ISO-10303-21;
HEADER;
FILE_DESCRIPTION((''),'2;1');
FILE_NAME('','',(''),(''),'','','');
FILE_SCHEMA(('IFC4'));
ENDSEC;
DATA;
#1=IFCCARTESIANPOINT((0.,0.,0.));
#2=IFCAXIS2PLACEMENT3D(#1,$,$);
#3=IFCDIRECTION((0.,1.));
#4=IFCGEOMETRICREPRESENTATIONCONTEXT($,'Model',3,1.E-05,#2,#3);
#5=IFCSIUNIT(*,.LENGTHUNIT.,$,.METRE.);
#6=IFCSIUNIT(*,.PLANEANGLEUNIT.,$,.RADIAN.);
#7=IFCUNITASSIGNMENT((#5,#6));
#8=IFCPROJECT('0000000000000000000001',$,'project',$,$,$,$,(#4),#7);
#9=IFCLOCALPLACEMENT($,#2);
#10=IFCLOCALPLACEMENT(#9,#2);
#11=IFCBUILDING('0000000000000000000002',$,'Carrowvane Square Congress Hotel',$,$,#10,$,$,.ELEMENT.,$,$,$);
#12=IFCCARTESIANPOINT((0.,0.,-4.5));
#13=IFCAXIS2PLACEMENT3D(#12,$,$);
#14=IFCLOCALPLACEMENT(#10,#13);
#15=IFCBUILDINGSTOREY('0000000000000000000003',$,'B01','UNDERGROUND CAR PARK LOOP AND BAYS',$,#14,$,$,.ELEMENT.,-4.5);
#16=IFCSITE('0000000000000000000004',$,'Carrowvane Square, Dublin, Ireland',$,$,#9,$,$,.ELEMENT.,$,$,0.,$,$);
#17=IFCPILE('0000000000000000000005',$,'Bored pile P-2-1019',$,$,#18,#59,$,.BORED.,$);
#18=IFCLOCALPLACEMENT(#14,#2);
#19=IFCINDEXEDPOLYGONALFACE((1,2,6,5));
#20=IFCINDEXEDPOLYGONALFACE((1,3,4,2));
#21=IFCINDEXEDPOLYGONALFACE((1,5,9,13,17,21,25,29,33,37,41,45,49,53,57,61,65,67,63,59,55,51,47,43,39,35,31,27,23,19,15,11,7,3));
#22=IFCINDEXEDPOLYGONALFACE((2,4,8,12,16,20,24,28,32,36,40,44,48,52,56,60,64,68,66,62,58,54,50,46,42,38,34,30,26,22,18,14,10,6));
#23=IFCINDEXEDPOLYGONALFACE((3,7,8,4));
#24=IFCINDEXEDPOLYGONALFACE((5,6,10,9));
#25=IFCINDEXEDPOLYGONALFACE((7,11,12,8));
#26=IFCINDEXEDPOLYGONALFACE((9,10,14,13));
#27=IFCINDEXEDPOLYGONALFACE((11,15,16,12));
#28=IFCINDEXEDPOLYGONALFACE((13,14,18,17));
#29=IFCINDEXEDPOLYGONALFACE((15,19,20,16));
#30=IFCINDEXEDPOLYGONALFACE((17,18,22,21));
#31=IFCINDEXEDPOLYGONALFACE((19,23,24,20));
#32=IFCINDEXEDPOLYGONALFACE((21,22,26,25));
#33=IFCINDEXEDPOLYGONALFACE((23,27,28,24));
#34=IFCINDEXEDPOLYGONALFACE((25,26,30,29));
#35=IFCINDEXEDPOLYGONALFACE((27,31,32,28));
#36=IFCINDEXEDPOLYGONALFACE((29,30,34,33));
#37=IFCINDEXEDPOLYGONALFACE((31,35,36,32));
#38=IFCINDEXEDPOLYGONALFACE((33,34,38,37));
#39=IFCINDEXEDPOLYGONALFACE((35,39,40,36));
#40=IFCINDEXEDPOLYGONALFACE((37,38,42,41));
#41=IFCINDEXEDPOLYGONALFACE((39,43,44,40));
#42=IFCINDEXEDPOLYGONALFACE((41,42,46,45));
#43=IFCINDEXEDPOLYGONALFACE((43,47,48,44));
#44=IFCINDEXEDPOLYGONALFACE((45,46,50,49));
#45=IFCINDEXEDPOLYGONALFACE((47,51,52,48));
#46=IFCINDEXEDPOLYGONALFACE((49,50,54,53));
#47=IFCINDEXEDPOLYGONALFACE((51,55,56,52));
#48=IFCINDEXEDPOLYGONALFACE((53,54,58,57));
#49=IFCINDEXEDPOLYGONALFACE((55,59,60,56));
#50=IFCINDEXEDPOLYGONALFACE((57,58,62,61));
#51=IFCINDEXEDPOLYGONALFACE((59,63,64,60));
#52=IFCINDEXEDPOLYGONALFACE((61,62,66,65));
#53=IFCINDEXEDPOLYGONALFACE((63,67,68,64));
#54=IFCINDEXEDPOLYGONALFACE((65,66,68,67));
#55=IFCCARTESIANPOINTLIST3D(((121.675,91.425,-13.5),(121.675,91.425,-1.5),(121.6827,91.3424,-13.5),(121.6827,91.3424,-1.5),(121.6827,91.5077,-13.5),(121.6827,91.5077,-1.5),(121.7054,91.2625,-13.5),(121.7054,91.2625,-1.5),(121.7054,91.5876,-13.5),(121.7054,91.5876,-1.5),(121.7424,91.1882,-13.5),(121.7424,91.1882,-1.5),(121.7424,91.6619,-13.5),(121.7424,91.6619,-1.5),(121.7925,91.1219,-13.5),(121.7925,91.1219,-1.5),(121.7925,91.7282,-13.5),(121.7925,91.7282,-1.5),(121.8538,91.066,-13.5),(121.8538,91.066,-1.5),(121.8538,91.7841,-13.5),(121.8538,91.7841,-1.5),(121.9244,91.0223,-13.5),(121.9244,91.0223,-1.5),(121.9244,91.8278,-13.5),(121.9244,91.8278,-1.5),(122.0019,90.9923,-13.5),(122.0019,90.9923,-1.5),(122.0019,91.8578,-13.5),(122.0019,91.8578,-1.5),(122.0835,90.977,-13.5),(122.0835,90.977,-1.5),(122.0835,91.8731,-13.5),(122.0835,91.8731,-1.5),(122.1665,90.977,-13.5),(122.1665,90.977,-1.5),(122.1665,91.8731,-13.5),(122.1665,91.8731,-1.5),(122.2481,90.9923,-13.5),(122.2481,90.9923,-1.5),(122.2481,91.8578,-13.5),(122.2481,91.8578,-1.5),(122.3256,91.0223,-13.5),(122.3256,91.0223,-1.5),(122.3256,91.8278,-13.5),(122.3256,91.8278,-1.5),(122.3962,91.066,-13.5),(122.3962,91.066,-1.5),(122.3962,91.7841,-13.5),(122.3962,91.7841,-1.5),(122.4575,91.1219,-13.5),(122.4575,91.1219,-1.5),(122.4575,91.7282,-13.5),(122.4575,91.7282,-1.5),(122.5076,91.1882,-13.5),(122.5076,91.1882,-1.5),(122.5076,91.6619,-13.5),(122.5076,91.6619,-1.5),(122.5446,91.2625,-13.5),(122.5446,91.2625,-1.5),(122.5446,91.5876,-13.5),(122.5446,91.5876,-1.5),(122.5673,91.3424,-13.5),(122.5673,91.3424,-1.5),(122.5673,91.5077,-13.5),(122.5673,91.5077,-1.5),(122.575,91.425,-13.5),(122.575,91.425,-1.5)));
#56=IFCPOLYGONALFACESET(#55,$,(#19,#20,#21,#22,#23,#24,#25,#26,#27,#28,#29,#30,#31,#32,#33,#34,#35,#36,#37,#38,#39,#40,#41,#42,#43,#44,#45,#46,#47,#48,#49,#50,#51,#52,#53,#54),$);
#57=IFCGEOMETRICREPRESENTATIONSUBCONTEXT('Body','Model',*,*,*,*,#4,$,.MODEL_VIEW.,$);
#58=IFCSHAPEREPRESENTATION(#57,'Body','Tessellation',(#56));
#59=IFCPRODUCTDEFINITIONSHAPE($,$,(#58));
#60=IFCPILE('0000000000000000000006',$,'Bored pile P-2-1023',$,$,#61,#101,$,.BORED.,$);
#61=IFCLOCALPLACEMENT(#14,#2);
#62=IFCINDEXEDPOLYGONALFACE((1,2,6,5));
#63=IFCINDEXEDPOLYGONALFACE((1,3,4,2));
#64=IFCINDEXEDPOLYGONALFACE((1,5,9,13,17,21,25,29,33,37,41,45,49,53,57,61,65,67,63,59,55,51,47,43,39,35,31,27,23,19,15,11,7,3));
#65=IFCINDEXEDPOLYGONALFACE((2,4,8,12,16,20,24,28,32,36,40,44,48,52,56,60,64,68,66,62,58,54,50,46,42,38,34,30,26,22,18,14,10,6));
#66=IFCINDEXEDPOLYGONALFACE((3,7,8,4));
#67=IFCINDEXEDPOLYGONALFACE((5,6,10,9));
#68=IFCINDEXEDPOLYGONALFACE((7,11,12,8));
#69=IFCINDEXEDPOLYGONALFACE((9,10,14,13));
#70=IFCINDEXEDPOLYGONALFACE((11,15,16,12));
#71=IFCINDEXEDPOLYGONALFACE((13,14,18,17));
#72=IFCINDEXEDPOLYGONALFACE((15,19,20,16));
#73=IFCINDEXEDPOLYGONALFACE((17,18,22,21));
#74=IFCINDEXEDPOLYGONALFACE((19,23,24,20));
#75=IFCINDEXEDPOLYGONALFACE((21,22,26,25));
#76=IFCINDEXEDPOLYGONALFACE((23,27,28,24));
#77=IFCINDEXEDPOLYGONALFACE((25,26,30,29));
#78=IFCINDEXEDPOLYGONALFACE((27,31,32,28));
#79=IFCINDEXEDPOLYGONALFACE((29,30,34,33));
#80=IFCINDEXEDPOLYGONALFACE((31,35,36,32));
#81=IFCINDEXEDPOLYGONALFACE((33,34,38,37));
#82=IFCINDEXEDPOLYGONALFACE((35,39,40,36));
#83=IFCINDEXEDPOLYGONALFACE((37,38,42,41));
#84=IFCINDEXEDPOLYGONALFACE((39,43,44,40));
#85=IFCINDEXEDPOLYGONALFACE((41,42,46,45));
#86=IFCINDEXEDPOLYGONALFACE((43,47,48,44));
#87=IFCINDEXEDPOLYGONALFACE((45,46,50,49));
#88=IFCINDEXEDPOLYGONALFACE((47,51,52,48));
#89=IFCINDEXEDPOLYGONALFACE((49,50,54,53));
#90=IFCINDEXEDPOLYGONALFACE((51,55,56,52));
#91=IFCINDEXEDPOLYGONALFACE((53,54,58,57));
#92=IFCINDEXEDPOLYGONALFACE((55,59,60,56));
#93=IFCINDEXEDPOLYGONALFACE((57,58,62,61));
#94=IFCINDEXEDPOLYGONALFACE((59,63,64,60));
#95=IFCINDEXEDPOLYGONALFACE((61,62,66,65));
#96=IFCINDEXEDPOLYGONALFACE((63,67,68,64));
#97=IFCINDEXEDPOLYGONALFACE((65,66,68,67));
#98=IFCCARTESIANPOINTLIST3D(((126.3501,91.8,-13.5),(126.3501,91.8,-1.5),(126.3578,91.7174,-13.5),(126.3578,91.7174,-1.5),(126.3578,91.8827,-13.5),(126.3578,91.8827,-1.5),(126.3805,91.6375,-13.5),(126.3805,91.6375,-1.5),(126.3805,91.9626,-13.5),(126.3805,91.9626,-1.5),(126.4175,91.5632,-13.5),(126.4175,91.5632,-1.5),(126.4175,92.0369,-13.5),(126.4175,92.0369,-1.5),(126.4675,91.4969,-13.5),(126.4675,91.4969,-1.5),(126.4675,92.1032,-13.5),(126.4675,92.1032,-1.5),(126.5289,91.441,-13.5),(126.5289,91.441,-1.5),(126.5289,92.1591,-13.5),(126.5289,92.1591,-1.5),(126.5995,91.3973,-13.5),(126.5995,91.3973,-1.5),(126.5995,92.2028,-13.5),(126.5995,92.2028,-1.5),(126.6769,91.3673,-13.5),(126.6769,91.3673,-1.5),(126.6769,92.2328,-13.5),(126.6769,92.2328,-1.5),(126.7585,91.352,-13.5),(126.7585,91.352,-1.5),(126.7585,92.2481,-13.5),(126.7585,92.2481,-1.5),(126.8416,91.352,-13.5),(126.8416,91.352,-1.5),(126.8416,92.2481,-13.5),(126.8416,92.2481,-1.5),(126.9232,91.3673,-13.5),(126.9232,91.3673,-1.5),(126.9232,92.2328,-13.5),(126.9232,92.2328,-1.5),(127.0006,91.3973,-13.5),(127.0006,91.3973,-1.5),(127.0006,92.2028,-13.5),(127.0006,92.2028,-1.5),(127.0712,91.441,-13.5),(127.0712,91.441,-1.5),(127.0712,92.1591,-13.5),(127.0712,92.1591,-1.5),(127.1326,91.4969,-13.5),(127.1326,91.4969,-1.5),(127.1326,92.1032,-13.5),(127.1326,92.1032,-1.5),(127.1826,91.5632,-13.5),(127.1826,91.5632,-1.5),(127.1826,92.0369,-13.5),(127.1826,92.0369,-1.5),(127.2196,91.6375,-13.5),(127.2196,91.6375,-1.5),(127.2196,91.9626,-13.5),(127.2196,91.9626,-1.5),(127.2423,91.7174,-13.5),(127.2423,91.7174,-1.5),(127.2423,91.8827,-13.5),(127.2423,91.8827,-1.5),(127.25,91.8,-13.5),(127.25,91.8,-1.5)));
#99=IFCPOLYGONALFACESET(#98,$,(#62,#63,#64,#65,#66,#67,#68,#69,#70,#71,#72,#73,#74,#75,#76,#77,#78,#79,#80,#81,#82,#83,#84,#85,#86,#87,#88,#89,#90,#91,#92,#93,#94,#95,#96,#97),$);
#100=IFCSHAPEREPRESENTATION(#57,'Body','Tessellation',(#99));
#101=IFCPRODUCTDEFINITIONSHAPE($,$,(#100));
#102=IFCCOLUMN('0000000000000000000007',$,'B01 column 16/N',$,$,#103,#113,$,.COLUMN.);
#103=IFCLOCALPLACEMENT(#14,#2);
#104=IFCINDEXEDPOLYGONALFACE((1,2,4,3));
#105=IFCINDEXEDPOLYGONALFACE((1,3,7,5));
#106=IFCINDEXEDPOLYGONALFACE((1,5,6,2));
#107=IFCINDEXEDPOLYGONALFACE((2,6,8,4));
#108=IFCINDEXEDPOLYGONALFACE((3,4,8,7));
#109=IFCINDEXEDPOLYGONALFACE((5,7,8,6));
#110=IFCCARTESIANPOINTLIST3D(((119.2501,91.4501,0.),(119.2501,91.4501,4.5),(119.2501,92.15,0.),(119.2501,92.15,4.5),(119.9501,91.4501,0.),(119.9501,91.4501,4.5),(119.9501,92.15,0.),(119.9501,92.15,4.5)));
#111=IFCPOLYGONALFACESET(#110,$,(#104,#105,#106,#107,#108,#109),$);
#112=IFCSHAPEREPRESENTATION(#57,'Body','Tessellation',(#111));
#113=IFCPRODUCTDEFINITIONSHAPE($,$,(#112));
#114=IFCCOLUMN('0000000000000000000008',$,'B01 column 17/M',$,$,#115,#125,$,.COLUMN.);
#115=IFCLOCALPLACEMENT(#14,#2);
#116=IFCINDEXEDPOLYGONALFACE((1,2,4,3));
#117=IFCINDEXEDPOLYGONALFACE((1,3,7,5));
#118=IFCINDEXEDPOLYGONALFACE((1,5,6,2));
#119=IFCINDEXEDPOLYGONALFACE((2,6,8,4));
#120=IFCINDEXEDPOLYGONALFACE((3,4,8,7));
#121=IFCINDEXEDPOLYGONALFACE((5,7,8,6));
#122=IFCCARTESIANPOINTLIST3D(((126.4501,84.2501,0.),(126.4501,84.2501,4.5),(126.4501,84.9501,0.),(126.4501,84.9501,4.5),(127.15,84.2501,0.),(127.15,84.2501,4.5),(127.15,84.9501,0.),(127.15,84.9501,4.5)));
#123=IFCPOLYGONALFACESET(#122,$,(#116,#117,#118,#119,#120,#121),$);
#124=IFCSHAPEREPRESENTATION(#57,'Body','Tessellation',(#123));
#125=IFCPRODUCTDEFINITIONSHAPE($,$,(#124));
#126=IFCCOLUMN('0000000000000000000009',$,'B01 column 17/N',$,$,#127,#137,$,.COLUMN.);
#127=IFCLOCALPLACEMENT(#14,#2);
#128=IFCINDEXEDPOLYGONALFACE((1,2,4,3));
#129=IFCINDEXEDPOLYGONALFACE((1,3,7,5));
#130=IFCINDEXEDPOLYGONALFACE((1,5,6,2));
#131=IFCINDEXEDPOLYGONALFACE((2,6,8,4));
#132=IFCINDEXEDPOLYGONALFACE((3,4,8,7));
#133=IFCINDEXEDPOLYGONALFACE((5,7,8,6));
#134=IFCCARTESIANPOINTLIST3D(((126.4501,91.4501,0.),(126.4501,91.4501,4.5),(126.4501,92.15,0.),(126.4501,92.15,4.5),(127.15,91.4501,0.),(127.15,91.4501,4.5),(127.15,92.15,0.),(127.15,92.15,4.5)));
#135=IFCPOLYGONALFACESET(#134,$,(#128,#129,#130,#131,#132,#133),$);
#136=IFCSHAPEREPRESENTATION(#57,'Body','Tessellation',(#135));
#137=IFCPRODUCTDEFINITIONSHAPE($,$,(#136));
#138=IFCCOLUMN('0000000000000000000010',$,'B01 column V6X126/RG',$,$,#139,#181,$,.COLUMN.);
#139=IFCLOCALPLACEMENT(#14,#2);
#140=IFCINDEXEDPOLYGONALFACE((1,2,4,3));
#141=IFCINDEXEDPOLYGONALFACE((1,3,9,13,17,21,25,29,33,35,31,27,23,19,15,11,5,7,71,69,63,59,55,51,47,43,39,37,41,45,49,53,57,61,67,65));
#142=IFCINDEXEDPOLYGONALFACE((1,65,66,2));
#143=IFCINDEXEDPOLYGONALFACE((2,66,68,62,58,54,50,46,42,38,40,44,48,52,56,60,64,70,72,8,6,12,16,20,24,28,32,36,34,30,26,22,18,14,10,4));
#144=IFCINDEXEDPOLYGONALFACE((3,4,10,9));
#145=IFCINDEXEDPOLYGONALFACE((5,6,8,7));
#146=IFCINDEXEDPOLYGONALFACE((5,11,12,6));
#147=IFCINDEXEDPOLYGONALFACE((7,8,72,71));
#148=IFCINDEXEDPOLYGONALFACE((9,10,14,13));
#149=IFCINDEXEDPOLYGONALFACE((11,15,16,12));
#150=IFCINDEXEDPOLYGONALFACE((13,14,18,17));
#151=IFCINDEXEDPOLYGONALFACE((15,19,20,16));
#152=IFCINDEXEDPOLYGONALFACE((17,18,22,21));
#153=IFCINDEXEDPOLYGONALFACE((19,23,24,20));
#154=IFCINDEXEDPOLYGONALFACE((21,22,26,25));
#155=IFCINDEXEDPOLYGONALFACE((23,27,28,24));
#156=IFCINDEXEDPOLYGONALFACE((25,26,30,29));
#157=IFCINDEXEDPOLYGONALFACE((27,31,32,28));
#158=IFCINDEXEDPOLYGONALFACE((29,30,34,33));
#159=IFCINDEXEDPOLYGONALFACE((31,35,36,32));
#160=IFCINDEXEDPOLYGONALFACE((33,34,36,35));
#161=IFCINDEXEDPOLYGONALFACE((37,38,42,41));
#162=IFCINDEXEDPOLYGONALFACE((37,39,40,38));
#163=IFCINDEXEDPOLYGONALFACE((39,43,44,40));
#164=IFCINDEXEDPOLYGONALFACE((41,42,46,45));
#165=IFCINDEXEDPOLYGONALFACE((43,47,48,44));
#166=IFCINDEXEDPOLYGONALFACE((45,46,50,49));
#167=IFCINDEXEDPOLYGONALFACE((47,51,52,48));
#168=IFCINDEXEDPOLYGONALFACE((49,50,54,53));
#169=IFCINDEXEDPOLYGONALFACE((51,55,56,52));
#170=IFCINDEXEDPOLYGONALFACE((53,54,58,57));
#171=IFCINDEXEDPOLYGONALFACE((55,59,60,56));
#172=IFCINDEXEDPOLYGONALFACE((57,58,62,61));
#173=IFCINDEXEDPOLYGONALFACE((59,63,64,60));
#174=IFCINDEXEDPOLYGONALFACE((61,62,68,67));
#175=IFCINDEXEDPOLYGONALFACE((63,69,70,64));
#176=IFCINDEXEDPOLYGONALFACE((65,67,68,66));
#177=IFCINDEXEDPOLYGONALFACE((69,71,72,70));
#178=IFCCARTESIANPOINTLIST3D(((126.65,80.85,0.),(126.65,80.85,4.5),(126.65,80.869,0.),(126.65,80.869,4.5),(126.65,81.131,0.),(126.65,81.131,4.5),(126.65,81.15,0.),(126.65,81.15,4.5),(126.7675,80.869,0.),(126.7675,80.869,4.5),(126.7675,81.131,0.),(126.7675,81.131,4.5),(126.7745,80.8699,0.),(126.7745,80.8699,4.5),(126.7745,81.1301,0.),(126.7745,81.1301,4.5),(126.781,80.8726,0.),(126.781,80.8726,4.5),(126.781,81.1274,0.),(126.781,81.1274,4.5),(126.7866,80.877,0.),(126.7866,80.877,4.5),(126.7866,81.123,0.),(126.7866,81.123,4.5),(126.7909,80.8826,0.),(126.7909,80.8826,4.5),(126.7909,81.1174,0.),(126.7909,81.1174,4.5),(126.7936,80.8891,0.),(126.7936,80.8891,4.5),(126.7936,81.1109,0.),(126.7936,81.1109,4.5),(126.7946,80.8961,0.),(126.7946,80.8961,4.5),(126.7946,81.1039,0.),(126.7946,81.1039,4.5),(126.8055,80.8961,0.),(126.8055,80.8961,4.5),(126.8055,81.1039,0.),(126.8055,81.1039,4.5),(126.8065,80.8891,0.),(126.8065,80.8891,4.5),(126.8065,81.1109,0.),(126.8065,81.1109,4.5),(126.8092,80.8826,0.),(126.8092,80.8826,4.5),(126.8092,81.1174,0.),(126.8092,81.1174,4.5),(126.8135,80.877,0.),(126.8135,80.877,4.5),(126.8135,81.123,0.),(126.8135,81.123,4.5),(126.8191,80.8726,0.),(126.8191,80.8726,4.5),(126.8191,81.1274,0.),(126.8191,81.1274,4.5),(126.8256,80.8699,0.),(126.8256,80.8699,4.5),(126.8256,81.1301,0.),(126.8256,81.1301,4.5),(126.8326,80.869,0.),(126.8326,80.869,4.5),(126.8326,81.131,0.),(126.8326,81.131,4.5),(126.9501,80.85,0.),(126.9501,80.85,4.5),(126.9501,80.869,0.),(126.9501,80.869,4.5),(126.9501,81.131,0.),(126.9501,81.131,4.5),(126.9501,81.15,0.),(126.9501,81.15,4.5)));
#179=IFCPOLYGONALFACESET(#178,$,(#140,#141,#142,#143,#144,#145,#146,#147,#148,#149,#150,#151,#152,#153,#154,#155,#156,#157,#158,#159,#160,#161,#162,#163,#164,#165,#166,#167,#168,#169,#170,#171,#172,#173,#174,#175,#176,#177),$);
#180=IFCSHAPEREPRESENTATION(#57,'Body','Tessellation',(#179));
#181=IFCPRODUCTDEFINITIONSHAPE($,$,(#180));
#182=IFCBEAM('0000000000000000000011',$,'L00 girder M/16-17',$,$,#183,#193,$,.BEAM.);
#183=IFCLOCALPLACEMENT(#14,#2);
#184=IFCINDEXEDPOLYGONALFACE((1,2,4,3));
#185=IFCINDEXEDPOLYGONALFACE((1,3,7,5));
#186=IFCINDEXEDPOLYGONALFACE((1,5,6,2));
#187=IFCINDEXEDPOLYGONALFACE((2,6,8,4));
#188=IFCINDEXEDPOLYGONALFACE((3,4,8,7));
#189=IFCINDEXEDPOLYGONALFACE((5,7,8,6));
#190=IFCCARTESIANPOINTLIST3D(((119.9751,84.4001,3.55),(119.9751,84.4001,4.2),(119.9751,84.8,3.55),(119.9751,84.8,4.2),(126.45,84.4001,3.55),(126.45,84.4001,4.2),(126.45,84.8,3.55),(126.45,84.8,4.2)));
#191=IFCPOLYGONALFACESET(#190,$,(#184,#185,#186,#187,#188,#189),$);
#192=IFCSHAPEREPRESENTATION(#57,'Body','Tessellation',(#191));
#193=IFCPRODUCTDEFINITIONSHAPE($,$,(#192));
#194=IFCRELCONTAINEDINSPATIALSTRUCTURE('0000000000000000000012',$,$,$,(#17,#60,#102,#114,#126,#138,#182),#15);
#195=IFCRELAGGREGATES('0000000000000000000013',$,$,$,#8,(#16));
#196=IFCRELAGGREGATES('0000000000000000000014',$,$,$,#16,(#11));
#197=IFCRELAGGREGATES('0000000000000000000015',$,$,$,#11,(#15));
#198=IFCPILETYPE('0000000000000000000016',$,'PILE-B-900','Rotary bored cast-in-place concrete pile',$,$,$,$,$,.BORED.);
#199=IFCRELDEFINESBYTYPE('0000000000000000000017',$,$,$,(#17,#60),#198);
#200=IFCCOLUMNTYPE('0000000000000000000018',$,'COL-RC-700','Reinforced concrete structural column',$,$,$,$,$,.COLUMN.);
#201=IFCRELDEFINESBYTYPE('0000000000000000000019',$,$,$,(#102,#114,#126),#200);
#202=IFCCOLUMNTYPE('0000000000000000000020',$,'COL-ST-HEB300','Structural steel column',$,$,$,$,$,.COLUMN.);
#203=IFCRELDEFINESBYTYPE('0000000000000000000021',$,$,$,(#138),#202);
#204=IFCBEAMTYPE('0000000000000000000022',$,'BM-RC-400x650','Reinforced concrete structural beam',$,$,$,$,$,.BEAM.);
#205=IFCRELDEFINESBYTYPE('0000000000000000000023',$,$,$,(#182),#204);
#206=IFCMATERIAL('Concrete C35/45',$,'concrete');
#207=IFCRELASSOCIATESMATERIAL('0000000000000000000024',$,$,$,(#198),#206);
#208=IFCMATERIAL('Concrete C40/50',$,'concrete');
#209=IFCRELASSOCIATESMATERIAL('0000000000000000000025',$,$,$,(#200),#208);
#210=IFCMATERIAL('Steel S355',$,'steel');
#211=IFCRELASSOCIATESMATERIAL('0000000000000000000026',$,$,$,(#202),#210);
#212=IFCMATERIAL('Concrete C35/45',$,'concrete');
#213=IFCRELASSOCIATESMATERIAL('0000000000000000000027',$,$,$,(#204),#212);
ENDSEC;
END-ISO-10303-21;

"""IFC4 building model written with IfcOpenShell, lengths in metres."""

from ifc_helpers import new_model, si_unit, direction, frame, origin, origin_2d, place, context, subcontext, project, spatial, rectangle, circle, i_section, extrude, material, material_profile, profile_set, type_object, element, save


model = new_model("IFC4")

# Units and contexts
model_context = context("Model", 3, precision=1e-05, world=origin(), true_north=direction((0.0, 1.0)))
body_context = subcontext(model_context, "Body", "Model", "MODEL_VIEW")
ifc_project = project(units=[si_unit("LENGTHUNIT", "METRE"), si_unit("PLANEANGLEUNIT", "RADIAN")], contexts=[model_context])

# Site, building, storey
site_placement = place(None, origin())
site = spatial("IfcSite", under=ifc_project, at=site_placement, Name="Carrowvane Square, Dublin, Ireland", CompositionType="ELEMENT", RefElevation=0.0)
building_placement = place(site_placement, origin())
building = spatial("IfcBuilding", under=site, at=building_placement, Name="Carrowvane Square Congress Hotel", CompositionType="ELEMENT")
storey_placement = place(building_placement, frame((0.0, 0.0, -4.5)))
storey = spatial("IfcBuildingStorey", under=building, at=storey_placement, Name="B01", Description="UNDERGROUND CAR PARK LOOP AND BAYS", CompositionType="ELEMENT", Elevation=-4.5)

# Piles
ifc_material_1 = material(Name="Concrete C35/45", Category="concrete")
ifc_material_profile_1 = material_profile(ifc_material_1, circle(Radius=0.45, at=origin_2d()), Name="PILE D900")
ifc_profile_set_1 = profile_set([ifc_material_profile_1], Name="Concrete C35/45")
pile_type_1 = type_object("IfcPileType", Name="PILE-B-900", Description="Rotary bored cast-in-place concrete pile", PredefinedType="BORED", material=ifc_profile_set_1)
for number, where, z_axis, x_axis, name in (
    (1, (122.125, 91.425, -1.5), (0.0, 0.0, -1.0), (1.0, 0.0, 0.0), "Bored pile P-2-1019"),
    (2, (126.8, 91.8, -1.5), (0.0, 0.0, -1.0), (1.0, 0.0, 0.0), "Bored pile P-2-1023"),
):
    element("IfcPile", number, at=place(storey_placement, frame(where, z_axis=z_axis, x_axis=x_axis)), inside=storey, type_object=pile_type_1, Name=name, PredefinedType="BORED", context=body_context, shape_type="SweptSolid", body=[
        extrude(circle(Radius=0.45, at=origin_2d()), origin(), (0.0, 0.0, 1.0), 12.0),
    ])

# Columns
ifc_material_2 = material(Name="Concrete C40/50", Category="concrete")
ifc_material_profile_2 = material_profile(ifc_material_2, rectangle(XDim=0.7, YDim=0.7, at=origin_2d()), Name="RC 700x700")
ifc_profile_set_2 = profile_set([ifc_material_profile_2], Name="Concrete C40/50")
column_type_1 = type_object("IfcColumnType", Name="COL-RC-700", Description="Reinforced concrete structural column", PredefinedType="COLUMN", material=ifc_profile_set_2)
for number, where, z_axis, x_axis, name in (
    (3, (119.6001, 91.8, 0.0), (0.0, 0.0, 1.0), (1.0, 0.0, 0.0), "B01 column 16/N"),
    (4, (126.8, 84.6001, 0.0), (0.0, 0.0, 1.0), (1.0, 0.0, 0.0), "B01 column 17/M"),
    (5, (126.8, 91.8, 0.0), (0.0, 0.0, 1.0), (1.0, 0.0, 0.0), "B01 column 17/N"),
):
    element("IfcColumn", number, at=place(storey_placement, frame(where, z_axis=z_axis, x_axis=x_axis)), inside=storey, type_object=column_type_1, Name=name, PredefinedType="COLUMN", context=body_context, shape_type="SweptSolid", body=[
        extrude(rectangle(XDim=0.7, YDim=0.7, at=origin_2d()), origin(), (0.0, 0.0, 1.0), 4.5),
    ])
ifc_material_3 = material(Name="Steel S355", Category="steel")
ifc_material_profile_3 = material_profile(ifc_material_3, i_section(OverallWidth=0.3, OverallDepth=0.3, WebThickness=0.011, FlangeThickness=0.019, FilletRadius=0.0271, at=origin_2d()), Name="HEB 300")
ifc_profile_set_3 = profile_set([ifc_material_profile_3], Name="Steel S355")
column_type_2 = type_object("IfcColumnType", Name="COL-ST-HEB300", Description="Structural steel column", PredefinedType="COLUMN", material=ifc_profile_set_3)
column_placement = place(storey_placement, frame((126.8, 81.0, 0.0), z_axis=(0.0, 0.0, 1.0), x_axis=(1.0, 0.0, 0.0)))
element("IfcColumn", 6, at=column_placement, inside=storey, type_object=column_type_2, Name="B01 column V6X126/RG", PredefinedType="COLUMN", context=body_context, shape_type="SweptSolid", body=[
    extrude(i_section(OverallWidth=0.3, OverallDepth=0.3, WebThickness=0.011, FlangeThickness=0.019, FilletRadius=0.0271, at=origin_2d()), origin(), (0.0, 0.0, 1.0), 4.5),
])

# Beam
ifc_material_4 = material(Name="Concrete C35/45", Category="concrete")
ifc_material_profile_4 = material_profile(ifc_material_4, rectangle(XDim=0.3999, YDim=0.6499, at=origin_2d()), Name="RC 400x650")
ifc_profile_set_4 = profile_set([ifc_material_profile_4], Name="Concrete C35/45")
beam_type_1 = type_object("IfcBeamType", Name="BM-RC-400x650", Description="Reinforced concrete structural beam", PredefinedType="BEAM", material=ifc_profile_set_4)
beam_1_placement = place(storey_placement, frame((119.9751, 84.6001, 3.875), z_axis=(1.0, 0.0, 0.0), x_axis=(0.0, 1.0, 0.0)))
element("IfcBeam", 7, at=beam_1_placement, inside=storey, type_object=beam_type_1, Name="L00 girder M/16-17", PredefinedType="BEAM", context=body_context, shape_type="SweptSolid", body=[
    extrude(rectangle(XDim=0.3999, YDim=0.6499, at=origin_2d()), origin(), (0.0, 0.0, 1.0), 6.4749),
])

save(model, "model.ifc")
